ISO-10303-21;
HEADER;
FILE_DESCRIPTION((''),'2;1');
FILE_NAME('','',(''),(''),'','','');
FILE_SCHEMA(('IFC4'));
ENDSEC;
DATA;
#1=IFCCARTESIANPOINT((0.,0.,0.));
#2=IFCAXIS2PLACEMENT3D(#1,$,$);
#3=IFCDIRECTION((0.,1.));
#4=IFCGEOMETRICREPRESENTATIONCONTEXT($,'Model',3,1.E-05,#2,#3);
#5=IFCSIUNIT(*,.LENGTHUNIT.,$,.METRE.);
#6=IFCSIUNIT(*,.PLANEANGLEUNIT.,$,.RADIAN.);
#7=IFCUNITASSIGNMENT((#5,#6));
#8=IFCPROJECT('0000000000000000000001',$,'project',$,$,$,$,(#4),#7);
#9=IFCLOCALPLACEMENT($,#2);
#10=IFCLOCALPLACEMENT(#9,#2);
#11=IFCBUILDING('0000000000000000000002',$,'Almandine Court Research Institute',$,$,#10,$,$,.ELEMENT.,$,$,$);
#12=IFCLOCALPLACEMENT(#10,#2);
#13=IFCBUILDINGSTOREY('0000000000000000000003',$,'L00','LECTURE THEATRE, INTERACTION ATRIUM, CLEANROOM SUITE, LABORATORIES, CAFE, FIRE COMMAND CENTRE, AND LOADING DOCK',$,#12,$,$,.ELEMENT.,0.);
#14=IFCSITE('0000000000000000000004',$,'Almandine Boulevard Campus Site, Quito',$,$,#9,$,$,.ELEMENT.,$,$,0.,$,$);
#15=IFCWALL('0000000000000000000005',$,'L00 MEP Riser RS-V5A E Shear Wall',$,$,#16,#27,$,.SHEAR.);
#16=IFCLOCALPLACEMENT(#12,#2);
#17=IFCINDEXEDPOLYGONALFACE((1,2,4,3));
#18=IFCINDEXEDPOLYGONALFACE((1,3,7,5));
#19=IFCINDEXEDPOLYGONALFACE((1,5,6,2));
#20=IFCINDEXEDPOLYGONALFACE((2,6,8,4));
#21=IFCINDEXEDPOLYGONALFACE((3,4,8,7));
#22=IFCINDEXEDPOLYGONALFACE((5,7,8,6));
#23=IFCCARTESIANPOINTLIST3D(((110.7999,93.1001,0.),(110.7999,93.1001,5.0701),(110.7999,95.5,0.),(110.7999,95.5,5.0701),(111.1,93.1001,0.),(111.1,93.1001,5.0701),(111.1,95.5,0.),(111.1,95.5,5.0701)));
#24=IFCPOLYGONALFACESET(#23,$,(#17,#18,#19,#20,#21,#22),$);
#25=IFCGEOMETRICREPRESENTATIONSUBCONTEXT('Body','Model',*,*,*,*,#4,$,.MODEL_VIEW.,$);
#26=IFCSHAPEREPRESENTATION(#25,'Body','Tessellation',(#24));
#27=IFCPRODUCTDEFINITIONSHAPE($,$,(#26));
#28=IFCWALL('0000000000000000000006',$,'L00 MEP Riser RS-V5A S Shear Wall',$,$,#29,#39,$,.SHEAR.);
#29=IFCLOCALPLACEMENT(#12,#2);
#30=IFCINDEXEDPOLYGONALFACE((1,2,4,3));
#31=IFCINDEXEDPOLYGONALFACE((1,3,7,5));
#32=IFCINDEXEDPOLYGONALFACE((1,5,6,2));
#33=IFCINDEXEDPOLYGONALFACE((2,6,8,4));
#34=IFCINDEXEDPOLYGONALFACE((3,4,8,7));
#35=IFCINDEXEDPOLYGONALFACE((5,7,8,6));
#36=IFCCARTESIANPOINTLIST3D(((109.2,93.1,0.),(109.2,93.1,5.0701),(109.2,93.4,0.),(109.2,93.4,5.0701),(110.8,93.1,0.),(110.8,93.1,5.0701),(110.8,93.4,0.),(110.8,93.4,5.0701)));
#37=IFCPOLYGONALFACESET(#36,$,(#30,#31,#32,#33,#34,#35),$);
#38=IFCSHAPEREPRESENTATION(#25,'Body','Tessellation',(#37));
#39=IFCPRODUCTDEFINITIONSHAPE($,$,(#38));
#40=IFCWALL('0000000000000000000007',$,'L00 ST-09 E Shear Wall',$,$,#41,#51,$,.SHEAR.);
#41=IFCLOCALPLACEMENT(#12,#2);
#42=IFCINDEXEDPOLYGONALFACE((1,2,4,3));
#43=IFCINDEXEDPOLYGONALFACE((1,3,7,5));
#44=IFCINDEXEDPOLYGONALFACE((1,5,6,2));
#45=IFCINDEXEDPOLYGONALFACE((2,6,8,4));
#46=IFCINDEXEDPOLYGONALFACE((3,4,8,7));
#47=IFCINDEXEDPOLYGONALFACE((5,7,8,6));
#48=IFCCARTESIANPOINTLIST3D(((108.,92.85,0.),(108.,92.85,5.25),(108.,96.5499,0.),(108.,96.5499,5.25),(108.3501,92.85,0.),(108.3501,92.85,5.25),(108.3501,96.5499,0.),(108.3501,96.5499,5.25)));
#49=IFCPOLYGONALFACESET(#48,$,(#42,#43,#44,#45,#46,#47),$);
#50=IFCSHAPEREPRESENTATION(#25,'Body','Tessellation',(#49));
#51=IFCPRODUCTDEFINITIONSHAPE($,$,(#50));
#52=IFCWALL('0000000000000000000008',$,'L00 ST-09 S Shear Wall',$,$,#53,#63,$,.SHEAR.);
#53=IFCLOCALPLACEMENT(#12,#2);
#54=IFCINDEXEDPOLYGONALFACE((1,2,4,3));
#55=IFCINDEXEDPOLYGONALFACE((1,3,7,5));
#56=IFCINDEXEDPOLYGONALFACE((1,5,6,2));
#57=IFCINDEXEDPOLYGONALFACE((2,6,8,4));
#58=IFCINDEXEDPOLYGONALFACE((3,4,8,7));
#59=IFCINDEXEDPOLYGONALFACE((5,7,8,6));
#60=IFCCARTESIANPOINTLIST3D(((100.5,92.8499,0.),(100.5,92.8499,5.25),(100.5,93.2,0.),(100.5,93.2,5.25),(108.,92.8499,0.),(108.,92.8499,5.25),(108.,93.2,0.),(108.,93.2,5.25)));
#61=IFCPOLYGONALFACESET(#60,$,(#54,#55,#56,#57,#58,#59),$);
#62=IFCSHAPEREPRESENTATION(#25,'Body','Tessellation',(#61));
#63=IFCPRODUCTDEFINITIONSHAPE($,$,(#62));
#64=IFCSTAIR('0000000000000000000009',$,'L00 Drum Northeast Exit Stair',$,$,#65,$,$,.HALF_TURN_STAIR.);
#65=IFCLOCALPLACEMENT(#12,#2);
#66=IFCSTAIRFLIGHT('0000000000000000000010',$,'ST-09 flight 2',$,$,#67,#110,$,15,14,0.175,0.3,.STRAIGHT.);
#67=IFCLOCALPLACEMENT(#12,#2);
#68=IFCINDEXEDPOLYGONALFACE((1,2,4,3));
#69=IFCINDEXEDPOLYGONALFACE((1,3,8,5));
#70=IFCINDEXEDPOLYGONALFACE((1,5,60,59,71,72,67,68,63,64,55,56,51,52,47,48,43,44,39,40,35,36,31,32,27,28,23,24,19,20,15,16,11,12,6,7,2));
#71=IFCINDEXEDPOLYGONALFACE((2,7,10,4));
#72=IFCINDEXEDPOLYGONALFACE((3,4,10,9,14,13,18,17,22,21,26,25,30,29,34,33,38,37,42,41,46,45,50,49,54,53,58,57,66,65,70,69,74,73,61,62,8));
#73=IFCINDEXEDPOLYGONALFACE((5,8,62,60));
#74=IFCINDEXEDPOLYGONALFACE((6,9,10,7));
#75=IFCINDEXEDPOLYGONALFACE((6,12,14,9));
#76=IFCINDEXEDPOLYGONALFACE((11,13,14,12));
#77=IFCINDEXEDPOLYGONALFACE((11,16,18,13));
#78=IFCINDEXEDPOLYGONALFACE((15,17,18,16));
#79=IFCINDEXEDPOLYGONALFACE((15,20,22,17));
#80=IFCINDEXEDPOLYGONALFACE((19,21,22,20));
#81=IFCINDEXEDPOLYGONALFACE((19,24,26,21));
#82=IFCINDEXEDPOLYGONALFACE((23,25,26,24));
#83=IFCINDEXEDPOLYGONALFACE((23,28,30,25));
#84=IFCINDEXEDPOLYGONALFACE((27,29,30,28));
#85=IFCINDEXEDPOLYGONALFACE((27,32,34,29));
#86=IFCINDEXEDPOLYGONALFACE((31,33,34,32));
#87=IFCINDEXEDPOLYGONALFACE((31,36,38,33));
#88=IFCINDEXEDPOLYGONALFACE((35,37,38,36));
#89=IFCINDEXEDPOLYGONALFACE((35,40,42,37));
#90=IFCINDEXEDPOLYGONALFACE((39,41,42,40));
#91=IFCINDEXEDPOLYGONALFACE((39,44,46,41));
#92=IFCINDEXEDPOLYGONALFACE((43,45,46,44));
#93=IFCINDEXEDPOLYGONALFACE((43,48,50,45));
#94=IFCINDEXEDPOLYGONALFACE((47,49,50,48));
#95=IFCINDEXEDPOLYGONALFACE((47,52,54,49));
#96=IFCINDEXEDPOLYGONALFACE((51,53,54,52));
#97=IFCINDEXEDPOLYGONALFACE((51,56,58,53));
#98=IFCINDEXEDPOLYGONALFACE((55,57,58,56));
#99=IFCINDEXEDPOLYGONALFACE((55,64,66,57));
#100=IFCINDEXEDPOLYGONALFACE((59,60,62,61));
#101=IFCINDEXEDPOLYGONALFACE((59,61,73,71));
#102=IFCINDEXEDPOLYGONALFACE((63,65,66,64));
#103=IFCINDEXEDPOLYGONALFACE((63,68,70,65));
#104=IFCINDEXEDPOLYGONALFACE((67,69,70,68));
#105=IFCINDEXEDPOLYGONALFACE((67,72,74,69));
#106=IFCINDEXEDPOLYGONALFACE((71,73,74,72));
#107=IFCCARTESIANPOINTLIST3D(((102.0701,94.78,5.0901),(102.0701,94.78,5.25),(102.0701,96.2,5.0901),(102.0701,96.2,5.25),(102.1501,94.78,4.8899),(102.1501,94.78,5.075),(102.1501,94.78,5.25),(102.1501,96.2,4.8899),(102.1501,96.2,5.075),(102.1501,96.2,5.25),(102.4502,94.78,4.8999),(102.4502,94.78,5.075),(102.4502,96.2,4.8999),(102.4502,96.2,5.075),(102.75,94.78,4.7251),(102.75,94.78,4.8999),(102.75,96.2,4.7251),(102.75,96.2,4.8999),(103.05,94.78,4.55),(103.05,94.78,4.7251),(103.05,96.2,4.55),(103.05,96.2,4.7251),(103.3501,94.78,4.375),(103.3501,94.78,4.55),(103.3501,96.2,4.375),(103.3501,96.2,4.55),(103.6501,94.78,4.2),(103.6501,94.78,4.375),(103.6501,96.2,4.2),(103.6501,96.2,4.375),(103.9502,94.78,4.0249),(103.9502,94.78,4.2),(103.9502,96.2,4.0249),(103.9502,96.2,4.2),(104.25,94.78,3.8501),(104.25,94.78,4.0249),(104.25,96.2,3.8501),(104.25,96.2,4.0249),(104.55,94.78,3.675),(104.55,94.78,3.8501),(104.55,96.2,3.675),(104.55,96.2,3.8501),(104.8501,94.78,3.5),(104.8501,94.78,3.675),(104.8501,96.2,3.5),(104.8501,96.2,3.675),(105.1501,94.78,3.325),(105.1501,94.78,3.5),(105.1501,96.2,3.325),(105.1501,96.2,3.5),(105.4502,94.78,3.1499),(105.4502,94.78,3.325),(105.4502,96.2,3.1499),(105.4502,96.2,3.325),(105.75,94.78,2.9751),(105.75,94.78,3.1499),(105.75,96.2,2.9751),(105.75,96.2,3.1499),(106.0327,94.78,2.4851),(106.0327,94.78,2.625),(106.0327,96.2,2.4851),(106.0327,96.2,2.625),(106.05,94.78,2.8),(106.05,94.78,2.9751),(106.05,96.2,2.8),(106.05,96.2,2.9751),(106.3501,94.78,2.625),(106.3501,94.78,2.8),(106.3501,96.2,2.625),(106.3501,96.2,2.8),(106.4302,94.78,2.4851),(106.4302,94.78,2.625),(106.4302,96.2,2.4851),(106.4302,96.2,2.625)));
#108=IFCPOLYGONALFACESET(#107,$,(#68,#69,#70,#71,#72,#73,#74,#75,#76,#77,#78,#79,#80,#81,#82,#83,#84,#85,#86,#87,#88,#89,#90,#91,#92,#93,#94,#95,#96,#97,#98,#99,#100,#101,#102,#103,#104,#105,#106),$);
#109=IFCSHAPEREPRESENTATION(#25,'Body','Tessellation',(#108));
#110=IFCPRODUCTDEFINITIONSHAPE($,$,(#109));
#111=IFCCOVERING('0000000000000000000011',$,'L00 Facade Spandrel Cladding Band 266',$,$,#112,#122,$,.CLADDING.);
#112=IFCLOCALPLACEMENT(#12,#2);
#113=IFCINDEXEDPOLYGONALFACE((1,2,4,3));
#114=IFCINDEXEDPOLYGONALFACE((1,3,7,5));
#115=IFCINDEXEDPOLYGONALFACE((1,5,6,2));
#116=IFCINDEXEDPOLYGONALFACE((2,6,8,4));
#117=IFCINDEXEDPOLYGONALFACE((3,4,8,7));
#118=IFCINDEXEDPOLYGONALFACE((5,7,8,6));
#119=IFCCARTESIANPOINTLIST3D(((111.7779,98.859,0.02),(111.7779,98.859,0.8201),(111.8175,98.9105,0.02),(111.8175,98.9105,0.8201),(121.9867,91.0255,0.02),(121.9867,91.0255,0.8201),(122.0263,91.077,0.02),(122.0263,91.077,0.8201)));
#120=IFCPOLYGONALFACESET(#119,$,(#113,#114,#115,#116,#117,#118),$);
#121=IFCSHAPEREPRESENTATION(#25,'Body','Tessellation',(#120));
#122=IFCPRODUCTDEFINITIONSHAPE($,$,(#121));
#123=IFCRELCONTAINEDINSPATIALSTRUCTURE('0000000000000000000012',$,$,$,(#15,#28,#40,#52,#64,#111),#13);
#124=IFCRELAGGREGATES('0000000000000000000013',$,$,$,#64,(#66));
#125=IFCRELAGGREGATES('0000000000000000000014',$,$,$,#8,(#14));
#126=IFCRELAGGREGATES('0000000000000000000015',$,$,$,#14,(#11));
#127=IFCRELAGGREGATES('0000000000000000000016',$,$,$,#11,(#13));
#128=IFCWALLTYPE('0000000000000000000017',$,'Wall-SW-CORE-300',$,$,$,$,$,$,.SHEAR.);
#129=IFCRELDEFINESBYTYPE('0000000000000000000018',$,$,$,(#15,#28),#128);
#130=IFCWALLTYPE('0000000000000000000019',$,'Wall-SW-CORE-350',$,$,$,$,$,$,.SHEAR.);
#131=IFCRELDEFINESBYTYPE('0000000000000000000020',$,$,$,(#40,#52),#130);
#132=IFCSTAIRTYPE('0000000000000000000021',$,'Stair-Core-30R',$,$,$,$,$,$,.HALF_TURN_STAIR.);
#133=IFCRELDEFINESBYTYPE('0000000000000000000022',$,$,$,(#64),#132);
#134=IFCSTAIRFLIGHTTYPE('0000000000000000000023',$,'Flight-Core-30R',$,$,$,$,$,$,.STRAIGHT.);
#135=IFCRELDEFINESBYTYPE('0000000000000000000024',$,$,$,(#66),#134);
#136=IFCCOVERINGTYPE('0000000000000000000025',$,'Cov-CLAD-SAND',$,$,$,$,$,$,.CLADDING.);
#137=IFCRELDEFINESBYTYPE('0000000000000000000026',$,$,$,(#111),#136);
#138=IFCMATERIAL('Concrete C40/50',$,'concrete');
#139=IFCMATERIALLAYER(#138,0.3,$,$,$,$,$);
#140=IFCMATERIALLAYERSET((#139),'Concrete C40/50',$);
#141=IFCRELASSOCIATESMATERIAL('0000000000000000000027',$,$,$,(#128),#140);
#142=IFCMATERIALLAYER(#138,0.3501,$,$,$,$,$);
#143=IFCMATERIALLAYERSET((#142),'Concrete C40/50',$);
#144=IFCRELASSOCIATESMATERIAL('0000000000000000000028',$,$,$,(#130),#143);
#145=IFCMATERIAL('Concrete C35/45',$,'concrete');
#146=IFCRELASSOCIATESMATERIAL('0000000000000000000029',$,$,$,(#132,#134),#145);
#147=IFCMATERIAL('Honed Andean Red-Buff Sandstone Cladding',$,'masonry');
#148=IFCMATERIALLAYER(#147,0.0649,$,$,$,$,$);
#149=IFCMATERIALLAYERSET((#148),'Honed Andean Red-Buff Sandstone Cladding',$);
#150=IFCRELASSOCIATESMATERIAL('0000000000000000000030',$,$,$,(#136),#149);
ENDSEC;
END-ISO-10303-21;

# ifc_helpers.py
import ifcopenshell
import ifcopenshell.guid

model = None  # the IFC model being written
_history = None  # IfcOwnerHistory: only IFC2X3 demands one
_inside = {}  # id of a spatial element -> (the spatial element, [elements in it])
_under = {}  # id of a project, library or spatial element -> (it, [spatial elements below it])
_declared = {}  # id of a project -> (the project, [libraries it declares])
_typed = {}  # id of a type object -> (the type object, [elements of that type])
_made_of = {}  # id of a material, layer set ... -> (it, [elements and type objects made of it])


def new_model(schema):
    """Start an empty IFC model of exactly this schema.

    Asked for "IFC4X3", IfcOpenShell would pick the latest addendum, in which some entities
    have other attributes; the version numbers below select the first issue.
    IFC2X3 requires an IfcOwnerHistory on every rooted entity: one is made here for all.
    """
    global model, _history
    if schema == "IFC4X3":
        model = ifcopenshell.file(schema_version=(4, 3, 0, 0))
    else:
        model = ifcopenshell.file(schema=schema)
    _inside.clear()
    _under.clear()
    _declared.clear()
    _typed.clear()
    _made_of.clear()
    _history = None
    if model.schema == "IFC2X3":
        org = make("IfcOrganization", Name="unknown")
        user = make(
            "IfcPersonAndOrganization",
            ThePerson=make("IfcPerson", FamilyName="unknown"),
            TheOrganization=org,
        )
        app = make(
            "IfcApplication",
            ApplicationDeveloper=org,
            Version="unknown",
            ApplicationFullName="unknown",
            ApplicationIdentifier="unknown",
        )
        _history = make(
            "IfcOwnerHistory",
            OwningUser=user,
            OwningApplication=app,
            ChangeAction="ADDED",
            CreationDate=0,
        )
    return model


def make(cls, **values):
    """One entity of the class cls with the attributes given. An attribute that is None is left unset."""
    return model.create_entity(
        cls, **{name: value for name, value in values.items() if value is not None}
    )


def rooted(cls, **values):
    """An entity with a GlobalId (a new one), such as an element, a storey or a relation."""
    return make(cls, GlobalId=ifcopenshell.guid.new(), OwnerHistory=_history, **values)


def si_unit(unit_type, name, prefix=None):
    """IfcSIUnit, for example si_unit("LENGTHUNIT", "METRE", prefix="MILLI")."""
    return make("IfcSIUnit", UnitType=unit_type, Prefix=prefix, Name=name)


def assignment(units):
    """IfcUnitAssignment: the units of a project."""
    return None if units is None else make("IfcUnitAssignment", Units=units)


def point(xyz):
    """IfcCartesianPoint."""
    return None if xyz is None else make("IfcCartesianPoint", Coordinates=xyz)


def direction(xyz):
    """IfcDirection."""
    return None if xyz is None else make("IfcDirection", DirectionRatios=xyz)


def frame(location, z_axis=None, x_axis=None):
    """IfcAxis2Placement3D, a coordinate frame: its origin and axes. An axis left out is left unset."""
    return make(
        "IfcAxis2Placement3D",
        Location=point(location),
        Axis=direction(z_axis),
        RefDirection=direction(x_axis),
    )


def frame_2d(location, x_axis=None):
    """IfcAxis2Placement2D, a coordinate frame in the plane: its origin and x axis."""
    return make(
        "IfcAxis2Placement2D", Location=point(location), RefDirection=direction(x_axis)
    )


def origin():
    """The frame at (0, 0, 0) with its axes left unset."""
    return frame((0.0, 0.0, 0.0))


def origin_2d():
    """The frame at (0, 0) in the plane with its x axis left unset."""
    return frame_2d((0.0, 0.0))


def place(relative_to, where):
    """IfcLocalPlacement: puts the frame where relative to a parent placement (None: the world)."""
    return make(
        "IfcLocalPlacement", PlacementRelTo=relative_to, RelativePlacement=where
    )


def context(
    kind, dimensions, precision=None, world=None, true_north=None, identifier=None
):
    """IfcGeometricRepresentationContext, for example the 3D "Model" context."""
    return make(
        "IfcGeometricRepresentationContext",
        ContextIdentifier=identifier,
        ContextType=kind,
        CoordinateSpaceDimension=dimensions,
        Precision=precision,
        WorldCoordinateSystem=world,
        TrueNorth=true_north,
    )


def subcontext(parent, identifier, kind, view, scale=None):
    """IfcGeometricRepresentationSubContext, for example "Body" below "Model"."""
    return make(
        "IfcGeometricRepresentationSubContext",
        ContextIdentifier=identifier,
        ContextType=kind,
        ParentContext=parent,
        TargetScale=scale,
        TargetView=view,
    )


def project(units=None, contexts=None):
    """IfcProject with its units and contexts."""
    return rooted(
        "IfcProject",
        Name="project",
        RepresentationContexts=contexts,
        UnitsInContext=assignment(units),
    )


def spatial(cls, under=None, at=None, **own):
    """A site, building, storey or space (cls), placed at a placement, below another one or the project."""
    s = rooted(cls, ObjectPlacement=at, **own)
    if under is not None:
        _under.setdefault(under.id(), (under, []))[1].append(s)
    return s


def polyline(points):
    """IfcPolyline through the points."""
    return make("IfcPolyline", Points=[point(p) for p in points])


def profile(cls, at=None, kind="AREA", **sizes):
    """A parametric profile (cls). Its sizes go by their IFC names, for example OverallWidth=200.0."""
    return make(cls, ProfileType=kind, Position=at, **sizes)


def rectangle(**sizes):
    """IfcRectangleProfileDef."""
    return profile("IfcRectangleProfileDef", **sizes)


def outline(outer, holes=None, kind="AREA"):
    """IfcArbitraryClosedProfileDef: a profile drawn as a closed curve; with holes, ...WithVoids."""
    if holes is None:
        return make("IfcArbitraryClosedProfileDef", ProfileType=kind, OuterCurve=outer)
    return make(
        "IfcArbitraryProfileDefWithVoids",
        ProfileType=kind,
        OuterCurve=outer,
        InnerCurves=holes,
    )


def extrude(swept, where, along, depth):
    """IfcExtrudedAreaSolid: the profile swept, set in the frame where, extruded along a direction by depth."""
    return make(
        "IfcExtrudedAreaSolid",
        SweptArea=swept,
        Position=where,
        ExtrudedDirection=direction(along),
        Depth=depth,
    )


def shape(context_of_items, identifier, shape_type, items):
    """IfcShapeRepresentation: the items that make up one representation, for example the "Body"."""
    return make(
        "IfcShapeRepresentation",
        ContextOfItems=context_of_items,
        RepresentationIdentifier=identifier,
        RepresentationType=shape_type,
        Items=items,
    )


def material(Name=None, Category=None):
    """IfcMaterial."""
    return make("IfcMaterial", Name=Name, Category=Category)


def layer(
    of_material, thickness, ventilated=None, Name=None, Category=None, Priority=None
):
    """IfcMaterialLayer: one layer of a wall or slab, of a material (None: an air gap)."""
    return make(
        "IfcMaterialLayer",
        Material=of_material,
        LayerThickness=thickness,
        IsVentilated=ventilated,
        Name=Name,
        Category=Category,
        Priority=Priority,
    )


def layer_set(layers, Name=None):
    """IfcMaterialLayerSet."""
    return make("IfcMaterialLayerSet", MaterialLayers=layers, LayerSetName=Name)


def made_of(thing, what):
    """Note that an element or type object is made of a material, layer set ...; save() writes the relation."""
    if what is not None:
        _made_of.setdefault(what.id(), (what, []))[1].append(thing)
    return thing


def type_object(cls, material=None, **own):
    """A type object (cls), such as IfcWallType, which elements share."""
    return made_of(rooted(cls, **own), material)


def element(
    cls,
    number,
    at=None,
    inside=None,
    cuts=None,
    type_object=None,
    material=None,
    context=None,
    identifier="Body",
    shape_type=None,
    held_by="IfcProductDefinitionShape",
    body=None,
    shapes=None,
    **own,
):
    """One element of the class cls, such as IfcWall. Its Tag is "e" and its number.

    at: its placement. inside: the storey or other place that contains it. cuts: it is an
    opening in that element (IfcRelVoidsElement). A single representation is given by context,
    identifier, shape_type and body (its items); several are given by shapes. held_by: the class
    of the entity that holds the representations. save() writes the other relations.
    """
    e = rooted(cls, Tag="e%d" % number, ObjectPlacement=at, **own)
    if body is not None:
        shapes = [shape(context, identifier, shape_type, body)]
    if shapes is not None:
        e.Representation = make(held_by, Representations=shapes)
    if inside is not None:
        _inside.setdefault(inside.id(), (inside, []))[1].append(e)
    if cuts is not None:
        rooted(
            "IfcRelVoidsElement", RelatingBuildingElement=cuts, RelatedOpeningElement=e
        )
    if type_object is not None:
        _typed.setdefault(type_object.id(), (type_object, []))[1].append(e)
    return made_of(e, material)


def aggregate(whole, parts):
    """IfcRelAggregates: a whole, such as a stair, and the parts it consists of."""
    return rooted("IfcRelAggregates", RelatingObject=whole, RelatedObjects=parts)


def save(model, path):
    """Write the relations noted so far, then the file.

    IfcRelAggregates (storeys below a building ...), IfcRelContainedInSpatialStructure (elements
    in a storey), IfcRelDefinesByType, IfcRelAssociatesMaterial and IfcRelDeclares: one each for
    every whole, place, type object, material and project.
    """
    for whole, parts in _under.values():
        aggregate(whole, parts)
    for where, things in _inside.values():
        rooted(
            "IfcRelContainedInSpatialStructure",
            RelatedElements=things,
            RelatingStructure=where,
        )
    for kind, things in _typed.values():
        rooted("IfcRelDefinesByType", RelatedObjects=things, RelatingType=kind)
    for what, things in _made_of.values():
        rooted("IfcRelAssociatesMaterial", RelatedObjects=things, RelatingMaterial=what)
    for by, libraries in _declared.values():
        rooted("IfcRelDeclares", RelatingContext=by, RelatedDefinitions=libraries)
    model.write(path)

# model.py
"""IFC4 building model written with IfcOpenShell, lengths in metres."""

from ifc_helpers import new_model, si_unit, direction, frame, frame_2d, origin, origin_2d, place, context, subcontext, project, spatial, polyline, rectangle, outline, extrude, material, layer, layer_set, type_object, element, aggregate, save


model = new_model("IFC4")

# Units and contexts
model_context = context("Model", 3, precision=1e-05, world=origin(), true_north=direction((0.0, 1.0)))
body_context = subcontext(model_context, "Body", "Model", "MODEL_VIEW")
ifc_project = project(units=[si_unit("LENGTHUNIT", "METRE"), si_unit("PLANEANGLEUNIT", "RADIAN")], contexts=[model_context])

# Site, building, storey
site_placement = place(None, origin())
site = spatial("IfcSite", under=ifc_project, at=site_placement, Name="Almandine Boulevard Campus Site, Quito", CompositionType="ELEMENT", RefElevation=0.0)
building_placement = place(site_placement, origin())
building = spatial("IfcBuilding", under=site, at=building_placement, Name="Almandine Court Research Institute", CompositionType="ELEMENT")
storey_placement = place(building_placement, origin())
storey = spatial("IfcBuildingStorey", under=building, at=storey_placement, Name="L00", Description="LECTURE THEATRE, INTERACTION ATRIUM, CLEANROOM SUITE, LABORATORIES, CAFE, FIRE COMMAND CENTRE, AND LOADING DOCK", CompositionType="ELEMENT", Elevation=0.0)

# Walls
ifc_material_1 = material(Name="Concrete C40/50", Category="concrete")
ifc_layer_1 = layer(ifc_material_1, 0.3)
ifc_layer_set_1 = layer_set([ifc_layer_1], Name="Concrete C40/50")
wall_type_1 = type_object("IfcWallType", Name="Wall-SW-CORE-300", PredefinedType="SHEAR", material=ifc_layer_set_1)
wall_1_placement = place(storey_placement, frame((110.95, 95.5, 0.0), z_axis=(0.0, 0.0, 1.0), x_axis=(0.0, -1.0, 0.0)))
element("IfcWall", 1, at=wall_1_placement, inside=storey, type_object=wall_type_1, Name="L00 MEP Riser RS-V5A E Shear Wall", PredefinedType="SHEAR", context=body_context, shape_type="SweptSolid", body=[
    extrude(rectangle(XDim=2.3999, YDim=0.3, at=frame_2d((1.2, 0.0))), origin(), (0.0, 0.0, 1.0), 5.0701),
])
wall_2_placement = place(storey_placement, frame((110.8, 93.25, 0.0), z_axis=(0.0, 0.0, 1.0), x_axis=(-1.0, 0.0, 0.0)))
element("IfcWall", 2, at=wall_2_placement, inside=storey, type_object=wall_type_1, Name="L00 MEP Riser RS-V5A S Shear Wall", PredefinedType="SHEAR", context=body_context, shape_type="SweptSolid", body=[
    extrude(rectangle(XDim=1.6001, YDim=0.3, at=frame_2d((0.8, 0.0))), origin(), (0.0, 0.0, 1.0), 5.0701),
])
ifc_layer_2 = layer(ifc_material_1, 0.3501)
ifc_layer_set_2 = layer_set([ifc_layer_2], Name="Concrete C40/50")
wall_type_2 = type_object("IfcWallType", Name="Wall-SW-CORE-350", PredefinedType="SHEAR", material=ifc_layer_set_2)
wall_3_placement = place(storey_placement, frame((108.175, 96.55, 0.0), z_axis=(0.0, 0.0, 1.0), x_axis=(0.0, -1.0, 0.0)))
element("IfcWall", 3, at=wall_3_placement, inside=storey, type_object=wall_type_2, Name="L00 ST-09 E Shear Wall", PredefinedType="SHEAR", context=body_context, shape_type="SweptSolid", body=[
    extrude(rectangle(XDim=3.7, YDim=0.3501, at=frame_2d((1.8501, 0.0))), origin(), (0.0, 0.0, 1.0), 5.25),
])
wall_4_placement = place(storey_placement, frame((108.0, 93.0249, 0.0), z_axis=(0.0, 0.0, 1.0), x_axis=(-1.0, 0.0, 0.0)))
element("IfcWall", 4, at=wall_4_placement, inside=storey, type_object=wall_type_2, Name="L00 ST-09 S Shear Wall", PredefinedType="SHEAR", context=body_context, shape_type="SweptSolid", body=[
    extrude(rectangle(XDim=7.5, YDim=0.3501, at=frame_2d((3.75, 0.0))), origin(), (0.0, 0.0, 1.0), 5.25),
])

# Stair, stair flight
ifc_material_2 = material(Name="Concrete C35/45", Category="concrete")
stair_type = type_object("IfcStairType", Name="Stair-Core-30R", PredefinedType="HALF_TURN_STAIR", material=ifc_material_2)
stair_placement = place(storey_placement, origin())
stair = element("IfcStair", 5, at=stair_placement, inside=storey, type_object=stair_type, Name="L00 Drum Northeast Exit Stair", PredefinedType="HALF_TURN_STAIR")
stair_flight_type = type_object("IfcStairFlightType", Name="Flight-Core-30R", PredefinedType="STRAIGHT", material=ifc_material_2)
stair_flight_placement = place(storey_placement, frame((106.3501, 95.49, 2.625), z_axis=(0.0, 0.0, 1.0), x_axis=(-1.0, 0.0, 0.0)))
stair_flight = element("IfcStairFlight", 6, at=stair_flight_placement, type_object=stair_flight_type, Name="ST-09 flight 2", NumberOfRisers=15, NumberOfTreads=14, PredefinedType="STRAIGHT", RiserHeight=0.175, TreadLength=0.3, context=body_context, shape_type="SweptSolid", body=[
    extrude(outline(polyline([(-0.0801, -0.1399), (-0.0801, 0.0), (0.0, 0.0), (0.0, 0.175), (0.3, 0.175), (0.3, 0.3501), (0.6001, 0.3501), (0.6001, 0.5249), (0.8999, 0.5249), (0.8999, 0.7), (1.2, 0.7), (1.2, 0.875), (1.5, 0.875), (1.5, 1.05), (1.8, 1.05), (1.8, 1.2251), (2.1001, 1.2251), (2.1001, 1.3999), (2.3999, 1.3999), (2.3999, 1.575), (2.7, 1.575), (2.7, 1.75), (3.0, 1.75), (3.0, 1.925), (3.3, 1.925), (3.3, 2.1001), (3.6001, 2.1001), (3.6001, 2.2749), (3.8999, 2.2749), (3.8999, 2.45), (4.2, 2.45), (4.2, 2.625), (4.28, 2.625), (4.28, 2.4651), (4.2, 2.2649), (0.3174, 0.0), (0.3174, -0.1399), (-0.0801, -0.1399)])), frame((0.0, 0.71, 0.0), z_axis=(0.0, -1.0, 0.0), x_axis=(1.0, 0.0, 0.0)), (0.0, 0.0, 1.0), 1.4199),
])
aggregate(stair, [stair_flight])

# Covering
ifc_material_3 = material(Name="Honed Andean Red-Buff Sandstone Cladding", Category="masonry")
ifc_layer_3 = layer(ifc_material_3, 0.0649)
ifc_layer_set_3 = layer_set([ifc_layer_3], Name="Honed Andean Red-Buff Sandstone Cladding")
covering_type = type_object("IfcCoveringType", Name="Cov-CLAD-SAND", PredefinedType="CLADDING", material=ifc_layer_set_3)
covering_placement = place(storey_placement, frame((116.9021, 94.968, 0.02), z_axis=(0.0, 0.0, 1.0), x_axis=(0.793353, -0.608761, 0.0)))
element("IfcCovering", 7, at=covering_placement, inside=storey, type_object=covering_type, Name="L00 Facade Spandrel Cladding Band 266", PredefinedType="CLADDING", context=body_context, shape_type="SweptSolid", body=[
    extrude(rectangle(XDim=12.8679, YDim=0.0649, at=origin_2d()), origin(), (0.0, 0.0, 1.0), 0.8),
])

save(model, "model.ifc")
